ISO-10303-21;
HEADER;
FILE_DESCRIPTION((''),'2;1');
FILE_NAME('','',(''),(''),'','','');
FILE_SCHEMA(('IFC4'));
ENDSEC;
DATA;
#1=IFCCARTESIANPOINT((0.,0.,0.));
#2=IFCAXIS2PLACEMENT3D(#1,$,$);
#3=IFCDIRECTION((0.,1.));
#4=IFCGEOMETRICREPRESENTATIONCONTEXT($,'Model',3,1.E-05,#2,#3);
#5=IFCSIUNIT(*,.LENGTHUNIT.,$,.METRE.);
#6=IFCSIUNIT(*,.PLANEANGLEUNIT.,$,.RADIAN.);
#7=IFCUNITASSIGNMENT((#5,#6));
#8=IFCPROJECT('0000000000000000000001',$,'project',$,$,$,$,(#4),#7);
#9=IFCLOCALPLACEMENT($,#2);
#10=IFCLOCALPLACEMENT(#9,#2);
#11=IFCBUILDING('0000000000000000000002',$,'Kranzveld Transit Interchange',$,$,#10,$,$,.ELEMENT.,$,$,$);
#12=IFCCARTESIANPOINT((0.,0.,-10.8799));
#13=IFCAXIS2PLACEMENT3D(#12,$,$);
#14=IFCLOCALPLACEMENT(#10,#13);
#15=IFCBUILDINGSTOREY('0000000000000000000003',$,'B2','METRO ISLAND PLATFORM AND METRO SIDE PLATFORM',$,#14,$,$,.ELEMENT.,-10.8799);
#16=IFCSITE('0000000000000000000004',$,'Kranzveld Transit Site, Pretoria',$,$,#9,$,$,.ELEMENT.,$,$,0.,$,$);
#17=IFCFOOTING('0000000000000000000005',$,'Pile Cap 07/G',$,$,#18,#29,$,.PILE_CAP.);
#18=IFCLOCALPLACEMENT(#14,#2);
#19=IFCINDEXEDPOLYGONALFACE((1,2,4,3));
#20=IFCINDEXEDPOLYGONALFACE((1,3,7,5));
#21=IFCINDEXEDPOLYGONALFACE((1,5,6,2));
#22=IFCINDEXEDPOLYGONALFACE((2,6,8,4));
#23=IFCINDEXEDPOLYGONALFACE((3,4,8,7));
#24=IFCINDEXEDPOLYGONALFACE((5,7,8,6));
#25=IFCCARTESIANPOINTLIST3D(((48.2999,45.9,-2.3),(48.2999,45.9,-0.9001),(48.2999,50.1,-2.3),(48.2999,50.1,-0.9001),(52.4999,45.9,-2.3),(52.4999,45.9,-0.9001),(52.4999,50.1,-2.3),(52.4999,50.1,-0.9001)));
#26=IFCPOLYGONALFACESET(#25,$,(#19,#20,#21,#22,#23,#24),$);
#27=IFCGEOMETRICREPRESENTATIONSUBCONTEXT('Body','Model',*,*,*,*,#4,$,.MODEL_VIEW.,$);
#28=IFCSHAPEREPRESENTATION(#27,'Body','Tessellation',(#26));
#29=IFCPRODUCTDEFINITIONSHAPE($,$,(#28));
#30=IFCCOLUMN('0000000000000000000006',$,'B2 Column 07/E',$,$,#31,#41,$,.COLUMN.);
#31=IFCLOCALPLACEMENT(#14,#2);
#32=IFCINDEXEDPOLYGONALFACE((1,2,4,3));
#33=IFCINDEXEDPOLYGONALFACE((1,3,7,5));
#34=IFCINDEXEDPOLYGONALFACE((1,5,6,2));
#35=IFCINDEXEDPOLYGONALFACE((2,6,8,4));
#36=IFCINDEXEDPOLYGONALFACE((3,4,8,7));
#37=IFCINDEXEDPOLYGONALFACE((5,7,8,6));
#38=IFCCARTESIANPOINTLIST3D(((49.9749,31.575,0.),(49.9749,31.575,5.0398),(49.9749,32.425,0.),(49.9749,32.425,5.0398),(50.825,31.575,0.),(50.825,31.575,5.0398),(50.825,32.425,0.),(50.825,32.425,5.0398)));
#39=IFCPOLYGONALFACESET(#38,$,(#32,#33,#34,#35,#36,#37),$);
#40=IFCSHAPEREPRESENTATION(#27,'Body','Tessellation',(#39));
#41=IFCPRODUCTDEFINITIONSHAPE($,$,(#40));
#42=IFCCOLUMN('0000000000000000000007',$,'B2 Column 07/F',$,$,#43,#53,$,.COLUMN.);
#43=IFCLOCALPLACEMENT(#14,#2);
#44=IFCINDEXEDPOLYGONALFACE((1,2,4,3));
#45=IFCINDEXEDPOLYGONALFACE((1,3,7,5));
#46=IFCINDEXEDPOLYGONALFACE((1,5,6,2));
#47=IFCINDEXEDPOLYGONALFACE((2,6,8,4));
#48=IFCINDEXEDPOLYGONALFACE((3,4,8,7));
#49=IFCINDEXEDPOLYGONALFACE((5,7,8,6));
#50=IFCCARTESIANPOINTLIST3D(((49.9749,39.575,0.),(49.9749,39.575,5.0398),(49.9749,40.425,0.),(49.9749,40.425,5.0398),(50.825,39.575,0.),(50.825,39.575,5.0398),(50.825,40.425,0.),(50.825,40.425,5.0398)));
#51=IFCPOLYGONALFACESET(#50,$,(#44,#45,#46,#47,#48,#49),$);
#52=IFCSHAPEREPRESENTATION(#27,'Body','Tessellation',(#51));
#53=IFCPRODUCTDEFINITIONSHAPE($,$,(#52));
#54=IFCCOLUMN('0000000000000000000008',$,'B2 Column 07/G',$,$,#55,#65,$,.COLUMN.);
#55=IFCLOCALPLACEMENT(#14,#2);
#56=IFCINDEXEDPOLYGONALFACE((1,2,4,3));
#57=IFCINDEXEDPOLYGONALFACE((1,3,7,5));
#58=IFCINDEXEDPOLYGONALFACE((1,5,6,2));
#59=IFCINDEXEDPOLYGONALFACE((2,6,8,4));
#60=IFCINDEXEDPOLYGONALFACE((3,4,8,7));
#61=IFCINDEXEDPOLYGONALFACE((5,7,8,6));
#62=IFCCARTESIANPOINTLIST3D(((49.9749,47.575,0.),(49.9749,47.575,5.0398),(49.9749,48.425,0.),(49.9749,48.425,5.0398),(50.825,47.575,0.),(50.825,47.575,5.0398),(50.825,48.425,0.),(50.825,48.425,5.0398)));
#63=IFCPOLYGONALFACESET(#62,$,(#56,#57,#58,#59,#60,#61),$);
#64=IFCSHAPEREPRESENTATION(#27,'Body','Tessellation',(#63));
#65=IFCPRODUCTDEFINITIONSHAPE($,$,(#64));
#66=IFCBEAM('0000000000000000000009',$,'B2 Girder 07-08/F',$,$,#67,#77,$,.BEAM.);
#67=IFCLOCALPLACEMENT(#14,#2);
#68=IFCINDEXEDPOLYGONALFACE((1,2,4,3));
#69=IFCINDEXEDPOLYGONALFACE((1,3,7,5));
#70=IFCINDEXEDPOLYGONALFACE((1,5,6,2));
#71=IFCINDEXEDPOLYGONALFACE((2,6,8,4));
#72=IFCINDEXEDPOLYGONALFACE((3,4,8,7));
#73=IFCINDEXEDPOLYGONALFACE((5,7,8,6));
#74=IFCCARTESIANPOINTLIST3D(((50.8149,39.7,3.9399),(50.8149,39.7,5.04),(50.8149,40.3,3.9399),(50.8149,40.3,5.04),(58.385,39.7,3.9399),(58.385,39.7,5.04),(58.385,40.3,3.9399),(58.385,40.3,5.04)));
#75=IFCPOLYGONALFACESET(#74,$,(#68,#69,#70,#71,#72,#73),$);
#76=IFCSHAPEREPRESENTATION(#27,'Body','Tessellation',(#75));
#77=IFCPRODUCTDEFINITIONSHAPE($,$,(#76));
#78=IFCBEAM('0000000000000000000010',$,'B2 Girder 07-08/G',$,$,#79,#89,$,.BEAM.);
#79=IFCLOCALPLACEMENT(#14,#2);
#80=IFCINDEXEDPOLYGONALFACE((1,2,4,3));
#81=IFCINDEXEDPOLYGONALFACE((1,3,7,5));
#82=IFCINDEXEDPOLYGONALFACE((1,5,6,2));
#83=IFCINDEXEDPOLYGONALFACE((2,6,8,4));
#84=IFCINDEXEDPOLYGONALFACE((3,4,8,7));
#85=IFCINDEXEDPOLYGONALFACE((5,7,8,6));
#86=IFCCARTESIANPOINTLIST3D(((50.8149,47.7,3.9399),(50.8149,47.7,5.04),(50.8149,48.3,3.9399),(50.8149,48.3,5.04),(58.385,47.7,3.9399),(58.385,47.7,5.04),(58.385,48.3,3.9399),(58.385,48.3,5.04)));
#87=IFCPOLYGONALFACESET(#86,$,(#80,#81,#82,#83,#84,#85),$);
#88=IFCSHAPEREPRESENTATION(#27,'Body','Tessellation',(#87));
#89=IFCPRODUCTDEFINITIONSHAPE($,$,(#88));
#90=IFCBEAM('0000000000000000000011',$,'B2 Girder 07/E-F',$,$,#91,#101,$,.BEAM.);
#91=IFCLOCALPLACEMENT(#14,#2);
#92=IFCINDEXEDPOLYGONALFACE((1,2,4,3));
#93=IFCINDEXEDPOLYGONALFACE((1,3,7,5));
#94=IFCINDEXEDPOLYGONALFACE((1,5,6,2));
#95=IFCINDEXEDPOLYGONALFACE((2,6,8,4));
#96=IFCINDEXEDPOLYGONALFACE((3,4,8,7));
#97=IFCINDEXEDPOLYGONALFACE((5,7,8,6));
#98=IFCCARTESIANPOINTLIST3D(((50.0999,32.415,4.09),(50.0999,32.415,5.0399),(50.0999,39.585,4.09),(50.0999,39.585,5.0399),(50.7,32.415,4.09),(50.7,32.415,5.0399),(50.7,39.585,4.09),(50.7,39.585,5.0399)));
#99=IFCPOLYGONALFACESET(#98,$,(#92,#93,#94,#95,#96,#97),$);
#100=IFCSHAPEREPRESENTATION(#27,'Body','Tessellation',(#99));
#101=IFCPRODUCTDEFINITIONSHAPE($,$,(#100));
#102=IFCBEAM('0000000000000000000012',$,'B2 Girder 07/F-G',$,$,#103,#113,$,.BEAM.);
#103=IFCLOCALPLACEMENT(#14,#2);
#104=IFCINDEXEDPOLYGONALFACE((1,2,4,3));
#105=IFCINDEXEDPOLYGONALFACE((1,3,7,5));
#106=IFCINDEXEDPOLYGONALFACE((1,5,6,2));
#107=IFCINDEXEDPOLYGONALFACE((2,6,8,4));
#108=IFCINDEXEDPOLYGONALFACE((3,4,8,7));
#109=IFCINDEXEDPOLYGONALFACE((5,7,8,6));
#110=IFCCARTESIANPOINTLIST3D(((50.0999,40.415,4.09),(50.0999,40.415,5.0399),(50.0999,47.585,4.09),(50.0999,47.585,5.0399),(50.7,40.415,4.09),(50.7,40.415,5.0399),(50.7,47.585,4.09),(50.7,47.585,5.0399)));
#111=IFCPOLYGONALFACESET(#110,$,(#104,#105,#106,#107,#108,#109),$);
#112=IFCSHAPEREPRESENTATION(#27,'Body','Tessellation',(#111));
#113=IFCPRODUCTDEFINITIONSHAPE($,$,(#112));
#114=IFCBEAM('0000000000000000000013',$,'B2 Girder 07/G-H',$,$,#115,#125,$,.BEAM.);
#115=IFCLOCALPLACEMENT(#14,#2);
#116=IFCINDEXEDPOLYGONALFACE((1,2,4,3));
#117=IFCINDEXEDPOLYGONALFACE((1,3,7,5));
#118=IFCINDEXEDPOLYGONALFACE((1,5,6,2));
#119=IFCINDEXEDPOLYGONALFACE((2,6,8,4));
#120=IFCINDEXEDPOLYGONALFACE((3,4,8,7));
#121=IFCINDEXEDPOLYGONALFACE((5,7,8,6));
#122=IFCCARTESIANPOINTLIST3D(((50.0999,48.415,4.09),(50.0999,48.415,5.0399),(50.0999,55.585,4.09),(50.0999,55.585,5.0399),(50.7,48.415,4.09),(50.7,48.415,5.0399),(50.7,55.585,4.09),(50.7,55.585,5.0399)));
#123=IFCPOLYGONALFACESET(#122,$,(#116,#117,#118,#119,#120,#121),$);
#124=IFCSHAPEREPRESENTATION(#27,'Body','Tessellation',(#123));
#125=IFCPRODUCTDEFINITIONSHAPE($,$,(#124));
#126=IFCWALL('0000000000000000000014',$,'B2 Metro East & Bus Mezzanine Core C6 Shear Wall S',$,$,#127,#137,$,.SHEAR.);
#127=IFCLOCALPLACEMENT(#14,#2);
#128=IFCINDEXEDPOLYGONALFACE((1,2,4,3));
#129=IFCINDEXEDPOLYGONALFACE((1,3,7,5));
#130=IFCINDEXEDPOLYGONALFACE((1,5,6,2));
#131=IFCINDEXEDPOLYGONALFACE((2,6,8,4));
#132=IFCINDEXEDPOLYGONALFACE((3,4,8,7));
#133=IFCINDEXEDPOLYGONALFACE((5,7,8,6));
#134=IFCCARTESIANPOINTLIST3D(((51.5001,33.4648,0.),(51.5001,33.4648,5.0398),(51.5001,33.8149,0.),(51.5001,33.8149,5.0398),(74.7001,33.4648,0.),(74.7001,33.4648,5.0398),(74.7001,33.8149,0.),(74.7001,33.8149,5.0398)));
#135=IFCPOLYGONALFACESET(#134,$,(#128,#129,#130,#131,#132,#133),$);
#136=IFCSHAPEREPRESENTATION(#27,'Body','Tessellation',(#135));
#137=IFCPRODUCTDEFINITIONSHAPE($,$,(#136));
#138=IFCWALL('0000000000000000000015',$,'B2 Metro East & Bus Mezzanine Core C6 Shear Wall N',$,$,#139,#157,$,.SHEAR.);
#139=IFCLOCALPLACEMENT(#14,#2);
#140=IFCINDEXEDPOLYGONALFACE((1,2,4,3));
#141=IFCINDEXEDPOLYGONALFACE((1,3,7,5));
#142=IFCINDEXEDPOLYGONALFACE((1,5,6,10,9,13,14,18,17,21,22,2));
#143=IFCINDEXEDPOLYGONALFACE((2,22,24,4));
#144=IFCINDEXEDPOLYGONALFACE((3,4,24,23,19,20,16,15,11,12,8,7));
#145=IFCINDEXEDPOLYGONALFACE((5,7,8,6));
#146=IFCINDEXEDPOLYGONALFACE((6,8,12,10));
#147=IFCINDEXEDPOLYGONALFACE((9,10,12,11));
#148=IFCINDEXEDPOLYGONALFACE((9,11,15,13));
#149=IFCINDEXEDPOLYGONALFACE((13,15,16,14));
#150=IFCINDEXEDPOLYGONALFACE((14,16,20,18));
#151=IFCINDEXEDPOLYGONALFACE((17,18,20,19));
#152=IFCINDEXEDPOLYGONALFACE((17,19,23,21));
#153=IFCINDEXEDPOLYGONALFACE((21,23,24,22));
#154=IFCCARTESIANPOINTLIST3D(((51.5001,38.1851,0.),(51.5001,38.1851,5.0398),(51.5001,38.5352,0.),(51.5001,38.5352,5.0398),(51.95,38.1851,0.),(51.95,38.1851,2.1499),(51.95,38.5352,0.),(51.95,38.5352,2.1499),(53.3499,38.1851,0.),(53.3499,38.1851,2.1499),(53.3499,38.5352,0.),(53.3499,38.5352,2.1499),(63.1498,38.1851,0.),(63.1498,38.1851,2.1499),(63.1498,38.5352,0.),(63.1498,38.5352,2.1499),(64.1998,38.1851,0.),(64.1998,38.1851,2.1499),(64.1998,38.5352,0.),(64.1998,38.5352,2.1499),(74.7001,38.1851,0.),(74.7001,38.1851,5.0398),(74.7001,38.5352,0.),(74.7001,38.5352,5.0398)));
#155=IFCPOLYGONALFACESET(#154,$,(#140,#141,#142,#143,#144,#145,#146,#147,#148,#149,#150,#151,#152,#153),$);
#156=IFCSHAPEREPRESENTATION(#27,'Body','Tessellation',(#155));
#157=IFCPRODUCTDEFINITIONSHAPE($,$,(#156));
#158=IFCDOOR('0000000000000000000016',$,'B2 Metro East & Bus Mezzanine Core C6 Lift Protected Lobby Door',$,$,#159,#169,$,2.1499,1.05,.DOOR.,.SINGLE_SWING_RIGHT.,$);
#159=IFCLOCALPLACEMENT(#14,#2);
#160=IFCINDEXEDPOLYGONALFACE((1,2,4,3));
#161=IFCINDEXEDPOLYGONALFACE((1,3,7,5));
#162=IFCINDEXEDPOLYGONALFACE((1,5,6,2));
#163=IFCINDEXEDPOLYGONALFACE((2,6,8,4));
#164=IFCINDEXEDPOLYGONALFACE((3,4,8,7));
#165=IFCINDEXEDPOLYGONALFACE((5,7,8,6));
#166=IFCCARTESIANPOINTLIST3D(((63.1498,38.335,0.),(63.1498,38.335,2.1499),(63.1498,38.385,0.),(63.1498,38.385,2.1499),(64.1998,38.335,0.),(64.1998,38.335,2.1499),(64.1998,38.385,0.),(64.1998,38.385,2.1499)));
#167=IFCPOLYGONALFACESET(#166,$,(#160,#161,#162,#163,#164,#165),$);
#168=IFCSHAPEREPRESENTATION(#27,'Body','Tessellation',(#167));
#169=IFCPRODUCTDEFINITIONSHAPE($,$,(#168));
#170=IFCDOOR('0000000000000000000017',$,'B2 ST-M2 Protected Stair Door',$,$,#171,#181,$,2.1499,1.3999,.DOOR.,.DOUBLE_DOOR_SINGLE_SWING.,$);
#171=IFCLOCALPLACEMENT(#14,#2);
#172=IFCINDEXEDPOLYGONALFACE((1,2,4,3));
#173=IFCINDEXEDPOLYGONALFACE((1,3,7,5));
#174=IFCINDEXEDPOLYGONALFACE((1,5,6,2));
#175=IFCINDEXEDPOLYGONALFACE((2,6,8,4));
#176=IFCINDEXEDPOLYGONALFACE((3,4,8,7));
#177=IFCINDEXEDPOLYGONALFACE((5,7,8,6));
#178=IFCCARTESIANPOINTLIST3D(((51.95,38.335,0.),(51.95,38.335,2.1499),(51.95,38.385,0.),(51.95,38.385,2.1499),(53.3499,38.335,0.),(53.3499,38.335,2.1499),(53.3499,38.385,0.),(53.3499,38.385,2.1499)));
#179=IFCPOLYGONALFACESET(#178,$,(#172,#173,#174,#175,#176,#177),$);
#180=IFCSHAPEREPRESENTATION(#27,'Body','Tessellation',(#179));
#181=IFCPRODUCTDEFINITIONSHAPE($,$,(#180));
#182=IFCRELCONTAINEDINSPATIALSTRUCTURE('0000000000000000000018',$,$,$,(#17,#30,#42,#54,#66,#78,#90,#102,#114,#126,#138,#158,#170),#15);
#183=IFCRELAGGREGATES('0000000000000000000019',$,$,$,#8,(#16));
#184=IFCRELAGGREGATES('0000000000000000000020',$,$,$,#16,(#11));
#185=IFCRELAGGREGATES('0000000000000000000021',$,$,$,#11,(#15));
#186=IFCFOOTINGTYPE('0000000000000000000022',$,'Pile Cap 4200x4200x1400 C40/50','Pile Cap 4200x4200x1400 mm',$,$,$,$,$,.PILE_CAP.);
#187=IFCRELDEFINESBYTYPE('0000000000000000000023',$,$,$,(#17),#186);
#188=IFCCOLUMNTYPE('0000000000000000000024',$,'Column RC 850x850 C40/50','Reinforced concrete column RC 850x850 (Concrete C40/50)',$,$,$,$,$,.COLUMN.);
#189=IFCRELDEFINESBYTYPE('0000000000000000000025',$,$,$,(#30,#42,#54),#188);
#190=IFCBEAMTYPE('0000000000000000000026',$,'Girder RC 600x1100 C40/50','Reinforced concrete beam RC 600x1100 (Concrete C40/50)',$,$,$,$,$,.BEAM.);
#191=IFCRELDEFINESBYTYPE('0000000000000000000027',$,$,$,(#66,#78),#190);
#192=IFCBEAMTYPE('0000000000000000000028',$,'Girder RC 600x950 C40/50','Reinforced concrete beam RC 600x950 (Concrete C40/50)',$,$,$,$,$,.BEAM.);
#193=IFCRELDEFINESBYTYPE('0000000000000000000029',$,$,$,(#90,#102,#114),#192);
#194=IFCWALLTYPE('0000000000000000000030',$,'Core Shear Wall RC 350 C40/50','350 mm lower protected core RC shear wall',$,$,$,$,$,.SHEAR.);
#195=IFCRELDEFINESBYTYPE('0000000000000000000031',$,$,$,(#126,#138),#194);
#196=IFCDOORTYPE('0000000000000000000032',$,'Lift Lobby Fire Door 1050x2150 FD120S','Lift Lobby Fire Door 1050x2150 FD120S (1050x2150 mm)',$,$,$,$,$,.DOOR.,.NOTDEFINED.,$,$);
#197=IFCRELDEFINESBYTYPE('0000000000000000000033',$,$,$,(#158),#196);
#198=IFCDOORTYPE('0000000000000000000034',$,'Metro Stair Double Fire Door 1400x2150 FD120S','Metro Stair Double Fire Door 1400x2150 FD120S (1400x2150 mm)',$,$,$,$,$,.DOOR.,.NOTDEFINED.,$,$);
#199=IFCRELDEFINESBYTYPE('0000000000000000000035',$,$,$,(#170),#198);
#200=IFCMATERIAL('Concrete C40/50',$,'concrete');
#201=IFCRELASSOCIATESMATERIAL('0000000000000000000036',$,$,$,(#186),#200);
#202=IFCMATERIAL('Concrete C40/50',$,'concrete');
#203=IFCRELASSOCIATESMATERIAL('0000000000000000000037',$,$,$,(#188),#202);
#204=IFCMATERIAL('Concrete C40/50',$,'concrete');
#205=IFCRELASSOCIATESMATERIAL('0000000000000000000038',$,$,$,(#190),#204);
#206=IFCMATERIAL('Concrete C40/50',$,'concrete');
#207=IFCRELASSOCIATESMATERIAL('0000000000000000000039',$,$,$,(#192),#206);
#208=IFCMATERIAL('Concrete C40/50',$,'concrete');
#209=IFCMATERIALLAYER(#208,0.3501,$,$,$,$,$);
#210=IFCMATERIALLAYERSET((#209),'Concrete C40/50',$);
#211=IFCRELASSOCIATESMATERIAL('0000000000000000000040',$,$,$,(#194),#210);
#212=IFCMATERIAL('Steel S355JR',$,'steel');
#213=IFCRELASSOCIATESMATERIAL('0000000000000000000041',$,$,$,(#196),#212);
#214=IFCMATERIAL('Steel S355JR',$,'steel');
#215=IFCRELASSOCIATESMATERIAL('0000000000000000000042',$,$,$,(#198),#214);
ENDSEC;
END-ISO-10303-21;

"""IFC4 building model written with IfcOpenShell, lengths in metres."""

from ifc_helpers import new_model, si_unit, direction, frame, frame_2d, origin, origin_2d, place, context, subcontext, project, spatial, rectangle, extrude, material, layer, layer_set, material_profile, profile_set, type_object, element, fill, save


model = new_model("IFC4")

# Units and contexts
model_context = context("Model", 3, precision=1e-05, world=origin(), true_north=direction((0.0, 1.0)))
body_context = subcontext(model_context, "Body", "Model", "MODEL_VIEW")
ifc_project = project(units=[si_unit("LENGTHUNIT", "METRE"), si_unit("PLANEANGLEUNIT", "RADIAN")], contexts=[model_context])

# Site, building, storey
site_placement = place(None, origin())
site = spatial("IfcSite", under=ifc_project, at=site_placement, Name="Kranzveld Transit Site, Pretoria", CompositionType="ELEMENT", RefElevation=0.0)
building_placement = place(site_placement, origin())
building = spatial("IfcBuilding", under=site, at=building_placement, Name="Kranzveld Transit Interchange", CompositionType="ELEMENT")
storey_placement = place(building_placement, frame((0.0, 0.0, -10.8799)))
storey = spatial("IfcBuildingStorey", under=building, at=storey_placement, Name="B2", Description="METRO ISLAND PLATFORM AND METRO SIDE PLATFORM", CompositionType="ELEMENT", Elevation=-10.8799)

# Footing
ifc_material_1 = material(Name="Concrete C40/50", Category="concrete")
footing_type = type_object("IfcFootingType", Name="Pile Cap 4200x4200x1400 C40/50", Description="Pile Cap 4200x4200x1400 mm", PredefinedType="PILE_CAP", material=ifc_material_1)
for number, where, z_axis, x_axis, name in (
    (1, (50.3999, 48.0, -2.3), (0.0, 0.0, 1.0), (1.0, 0.0, 0.0), "Pile Cap 07/G"),
):
    element("IfcFooting", number, at=place(storey_placement, frame(where, z_axis=z_axis, x_axis=x_axis)), inside=storey, type_object=footing_type, Name=name, PredefinedType="PILE_CAP", context=body_context, shape_type="SweptSolid", body=[
        extrude(rectangle(XDim=4.2, YDim=4.2, at=origin_2d()), origin(), (0.0, 0.0, 1.0), 1.3999),
    ])

# Columns
ifc_material_2 = material(Name="Concrete C40/50", Category="concrete")
ifc_material_profile_1 = material_profile(ifc_material_2, rectangle(XDim=0.8501, YDim=0.8501, at=origin_2d()), Name="RC 850x850")
ifc_profile_set_1 = profile_set([ifc_material_profile_1], Name="Concrete C40/50")
column_type = type_object("IfcColumnType", Name="Column RC 850x850 C40/50", Description="Reinforced concrete column RC 850x850 (Concrete C40/50)", PredefinedType="COLUMN", material=ifc_profile_set_1)
for number, where, z_axis, x_axis, name in (
    (2, (50.3999, 32.0, 0.0), (0.0, 0.0, 1.0), (1.0, 0.0, 0.0), "B2 Column 07/E"),
    (3, (50.3999, 40.0, 0.0), (0.0, 0.0, 1.0), (1.0, 0.0, 0.0), "B2 Column 07/F"),
    (4, (50.3999, 48.0, 0.0), (0.0, 0.0, 1.0), (1.0, 0.0, 0.0), "B2 Column 07/G"),
):
    element("IfcColumn", number, at=place(storey_placement, frame(where, z_axis=z_axis, x_axis=x_axis)), inside=storey, type_object=column_type, Name=name, PredefinedType="COLUMN", context=body_context, shape_type="SweptSolid", body=[
        extrude(rectangle(XDim=0.8501, YDim=0.8501, at=origin_2d()), origin(), (0.0, 0.0, 1.0), 5.0398),
    ])

# Beams
ifc_material_3 = material(Name="Concrete C40/50", Category="concrete")
ifc_material_profile_2 = material_profile(ifc_material_3, rectangle(XDim=0.6001, YDim=1.1001, at=origin_2d()), Name="RC 600x1100")
ifc_profile_set_2 = profile_set([ifc_material_profile_2], Name="Concrete C40/50")
beam_type_1 = type_object("IfcBeamType", Name="Girder RC 600x1100 C40/50", Description="Reinforced concrete beam RC 600x1100 (Concrete C40/50)", PredefinedType="BEAM", material=ifc_profile_set_2)
for number, where, z_axis, x_axis, name in (
    (5, (50.8149, 40.0, 4.49), (1.0, 0.0, 0.0), (0.0, 1.0, 0.0), "B2 Girder 07-08/F"),
    (6, (50.8149, 48.0, 4.49), (1.0, 0.0, 0.0), (0.0, 1.0, 0.0), "B2 Girder 07-08/G"),
):
    element("IfcBeam", number, at=place(storey_placement, frame(where, z_axis=z_axis, x_axis=x_axis)), inside=storey, type_object=beam_type_1, Name=name, PredefinedType="BEAM", context=body_context, shape_type="SweptSolid", body=[
        extrude(rectangle(XDim=0.6001, YDim=1.1001, at=origin_2d()), origin(), (0.0, 0.0, 1.0), 7.5701),
    ])
ifc_material_4 = material(Name="Concrete C40/50", Category="concrete")
ifc_material_profile_3 = material_profile(ifc_material_4, rectangle(XDim=0.6001, YDim=0.95, at=origin_2d()), Name="RC 600x950")
ifc_profile_set_3 = profile_set([ifc_material_profile_3], Name="Concrete C40/50")
beam_type_2 = type_object("IfcBeamType", Name="Girder RC 600x950 C40/50", Description="Reinforced concrete beam RC 600x950 (Concrete C40/50)", PredefinedType="BEAM", material=ifc_profile_set_3)
for number, where, z_axis, x_axis, name in (
    (7, (50.3999, 32.415, 4.5649), (0.0, 1.0, 0.0), (-1.0, 0.0, 0.0), "B2 Girder 07/E-F"),
    (8, (50.3999, 40.415, 4.5649), (0.0, 1.0, 0.0), (-1.0, 0.0, 0.0), "B2 Girder 07/F-G"),
    (9, (50.3999, 48.415, 4.5649), (0.0, 1.0, 0.0), (-1.0, 0.0, 0.0), "B2 Girder 07/G-H"),
):
    element("IfcBeam", number, at=place(storey_placement, frame(where, z_axis=z_axis, x_axis=x_axis)), inside=storey, type_object=beam_type_2, Name=name, PredefinedType="BEAM", context=body_context, shape_type="SweptSolid", body=[
        extrude(rectangle(XDim=0.6001, YDim=0.95, at=origin_2d()), origin(), (0.0, 0.0, 1.0), 7.1699),
    ])

# Wall
ifc_material_5 = material(Name="Concrete C40/50", Category="concrete")
ifc_layer_1 = layer(ifc_material_5, 0.3501)
ifc_layer_set_1 = layer_set([ifc_layer_1], Name="Concrete C40/50")
wall_type_1 = type_object("IfcWallType", Name="Core Shear Wall RC 350 C40/50", Description="350 mm lower protected core RC shear wall", PredefinedType="SHEAR", material=ifc_layer_set_1)
wall_1_placement = place(storey_placement, frame((51.5, 33.6399, 0.0), z_axis=(0.0, 0.0, 1.0), x_axis=(1.0, 0.0, 0.0)))
element("IfcWall", 10, at=wall_1_placement, inside=storey, type_object=wall_type_1, Name="B2 Metro East & Bus Mezzanine Core C6 Shear Wall S", PredefinedType="SHEAR", context=body_context, shape_type="SweptSolid", body=[
    extrude(rectangle(XDim=23.2, YDim=0.3501, at=frame_2d((11.6001, 0.0))), origin(), (0.0, 0.0, 1.0), 5.0398),
])

# Wall, openings, doors
wall_2_placement = place(storey_placement, frame((51.5, 38.3601, 0.0), z_axis=(0.0, 0.0, 1.0), x_axis=(1.0, 0.0, 0.0)))
wall_2 = element("IfcWall", 11, at=wall_2_placement, inside=storey, type_object=wall_type_1, Name="B2 Metro East & Bus Mezzanine Core C6 Shear Wall N", PredefinedType="SHEAR", context=body_context, shape_type="SweptSolid", body=[
    extrude(rectangle(XDim=23.2, YDim=0.3501, at=frame_2d((11.6001, 0.0))), origin(), (0.0, 0.0, 1.0), 5.0398),
])
opening_1_placement = place(wall_2_placement, frame((0.45, 0.0, 0.0), z_axis=(0.0, 0.0, 1.0), x_axis=(1.0, 0.0, 0.0)))
opening_1 = element("IfcOpeningElement", 12, at=opening_1_placement, cuts=wall_2, PredefinedType="OPENING", context=body_context, shape_type="SweptSolid", body=[
    extrude(rectangle(XDim=1.3999, YDim=2.1499, at=frame_2d((0.7, 1.075))), frame((0.0, 0.1851, 0.0), z_axis=(0.0, -1.0, 0.0), x_axis=(1.0, 0.0, 0.0)), (0.0, 0.0, 1.0), 0.3701),
])
opening_2_placement = place(wall_2_placement, frame((11.6499, 0.0, 0.0), z_axis=(0.0, 0.0, 1.0), x_axis=(1.0, 0.0, 0.0)))
opening_2 = element("IfcOpeningElement", 13, at=opening_2_placement, cuts=wall_2, PredefinedType="OPENING", context=body_context, shape_type="SweptSolid", body=[
    extrude(rectangle(XDim=1.05, YDim=2.1499, at=frame_2d((0.5249, 1.075))), frame((0.0, 0.1851, 0.0), z_axis=(0.0, -1.0, 0.0), x_axis=(1.0, 0.0, 0.0)), (0.0, 0.0, 1.0), 0.3701),
])
ifc_material_6 = material(Name="Steel S355JR", Category="steel")
door_type_1 = type_object("IfcDoorType", Name="Lift Lobby Fire Door 1050x2150 FD120S", Description="Lift Lobby Fire Door 1050x2150 FD120S (1050x2150 mm)", OperationType="NOTDEFINED", PredefinedType="DOOR", material=ifc_material_6)
door_1_placement = place(opening_2_placement, origin())
door_1 = element("IfcDoor", 14, at=door_1_placement, inside=storey, type_object=door_type_1, Name="B2 Metro East & Bus Mezzanine Core C6 Lift Protected Lobby Door", OperationType="SINGLE_SWING_RIGHT", OverallHeight=2.1499, OverallWidth=1.05, PredefinedType="DOOR", context=body_context, shape_type="SweptSolid", body=[
    extrude(rectangle(XDim=1.05, YDim=2.1499, at=frame_2d((0.5249, 1.075))), frame((0.0, 0.0249, 0.0), z_axis=(0.0, -1.0, 0.0), x_axis=(1.0, 0.0, 0.0)), (0.0, 0.0, 1.0), 0.05),
])
fill(opening_2, door_1)
ifc_material_7 = material(Name="Steel S355JR", Category="steel")
door_type_2 = type_object("IfcDoorType", Name="Metro Stair Double Fire Door 1400x2150 FD120S", Description="Metro Stair Double Fire Door 1400x2150 FD120S (1400x2150 mm)", OperationType="NOTDEFINED", PredefinedType="DOOR", material=ifc_material_7)
door_2_placement = place(opening_1_placement, origin())
door_2 = element("IfcDoor", 15, at=door_2_placement, inside=storey, type_object=door_type_2, Name="B2 ST-M2 Protected Stair Door", OperationType="DOUBLE_DOOR_SINGLE_SWING", OverallHeight=2.1499, OverallWidth=1.3999, PredefinedType="DOOR", context=body_context, shape_type="SweptSolid", body=[
    extrude(rectangle(XDim=1.3999, YDim=2.1499, at=frame_2d((0.7, 1.075))), frame((0.0, 0.0249, 0.0), z_axis=(0.0, -1.0, 0.0), x_axis=(1.0, 0.0, 0.0)), (0.0, 0.0, 1.0), 0.05),
])
fill(opening_1, door_2)

save(model, "model.ifc")
